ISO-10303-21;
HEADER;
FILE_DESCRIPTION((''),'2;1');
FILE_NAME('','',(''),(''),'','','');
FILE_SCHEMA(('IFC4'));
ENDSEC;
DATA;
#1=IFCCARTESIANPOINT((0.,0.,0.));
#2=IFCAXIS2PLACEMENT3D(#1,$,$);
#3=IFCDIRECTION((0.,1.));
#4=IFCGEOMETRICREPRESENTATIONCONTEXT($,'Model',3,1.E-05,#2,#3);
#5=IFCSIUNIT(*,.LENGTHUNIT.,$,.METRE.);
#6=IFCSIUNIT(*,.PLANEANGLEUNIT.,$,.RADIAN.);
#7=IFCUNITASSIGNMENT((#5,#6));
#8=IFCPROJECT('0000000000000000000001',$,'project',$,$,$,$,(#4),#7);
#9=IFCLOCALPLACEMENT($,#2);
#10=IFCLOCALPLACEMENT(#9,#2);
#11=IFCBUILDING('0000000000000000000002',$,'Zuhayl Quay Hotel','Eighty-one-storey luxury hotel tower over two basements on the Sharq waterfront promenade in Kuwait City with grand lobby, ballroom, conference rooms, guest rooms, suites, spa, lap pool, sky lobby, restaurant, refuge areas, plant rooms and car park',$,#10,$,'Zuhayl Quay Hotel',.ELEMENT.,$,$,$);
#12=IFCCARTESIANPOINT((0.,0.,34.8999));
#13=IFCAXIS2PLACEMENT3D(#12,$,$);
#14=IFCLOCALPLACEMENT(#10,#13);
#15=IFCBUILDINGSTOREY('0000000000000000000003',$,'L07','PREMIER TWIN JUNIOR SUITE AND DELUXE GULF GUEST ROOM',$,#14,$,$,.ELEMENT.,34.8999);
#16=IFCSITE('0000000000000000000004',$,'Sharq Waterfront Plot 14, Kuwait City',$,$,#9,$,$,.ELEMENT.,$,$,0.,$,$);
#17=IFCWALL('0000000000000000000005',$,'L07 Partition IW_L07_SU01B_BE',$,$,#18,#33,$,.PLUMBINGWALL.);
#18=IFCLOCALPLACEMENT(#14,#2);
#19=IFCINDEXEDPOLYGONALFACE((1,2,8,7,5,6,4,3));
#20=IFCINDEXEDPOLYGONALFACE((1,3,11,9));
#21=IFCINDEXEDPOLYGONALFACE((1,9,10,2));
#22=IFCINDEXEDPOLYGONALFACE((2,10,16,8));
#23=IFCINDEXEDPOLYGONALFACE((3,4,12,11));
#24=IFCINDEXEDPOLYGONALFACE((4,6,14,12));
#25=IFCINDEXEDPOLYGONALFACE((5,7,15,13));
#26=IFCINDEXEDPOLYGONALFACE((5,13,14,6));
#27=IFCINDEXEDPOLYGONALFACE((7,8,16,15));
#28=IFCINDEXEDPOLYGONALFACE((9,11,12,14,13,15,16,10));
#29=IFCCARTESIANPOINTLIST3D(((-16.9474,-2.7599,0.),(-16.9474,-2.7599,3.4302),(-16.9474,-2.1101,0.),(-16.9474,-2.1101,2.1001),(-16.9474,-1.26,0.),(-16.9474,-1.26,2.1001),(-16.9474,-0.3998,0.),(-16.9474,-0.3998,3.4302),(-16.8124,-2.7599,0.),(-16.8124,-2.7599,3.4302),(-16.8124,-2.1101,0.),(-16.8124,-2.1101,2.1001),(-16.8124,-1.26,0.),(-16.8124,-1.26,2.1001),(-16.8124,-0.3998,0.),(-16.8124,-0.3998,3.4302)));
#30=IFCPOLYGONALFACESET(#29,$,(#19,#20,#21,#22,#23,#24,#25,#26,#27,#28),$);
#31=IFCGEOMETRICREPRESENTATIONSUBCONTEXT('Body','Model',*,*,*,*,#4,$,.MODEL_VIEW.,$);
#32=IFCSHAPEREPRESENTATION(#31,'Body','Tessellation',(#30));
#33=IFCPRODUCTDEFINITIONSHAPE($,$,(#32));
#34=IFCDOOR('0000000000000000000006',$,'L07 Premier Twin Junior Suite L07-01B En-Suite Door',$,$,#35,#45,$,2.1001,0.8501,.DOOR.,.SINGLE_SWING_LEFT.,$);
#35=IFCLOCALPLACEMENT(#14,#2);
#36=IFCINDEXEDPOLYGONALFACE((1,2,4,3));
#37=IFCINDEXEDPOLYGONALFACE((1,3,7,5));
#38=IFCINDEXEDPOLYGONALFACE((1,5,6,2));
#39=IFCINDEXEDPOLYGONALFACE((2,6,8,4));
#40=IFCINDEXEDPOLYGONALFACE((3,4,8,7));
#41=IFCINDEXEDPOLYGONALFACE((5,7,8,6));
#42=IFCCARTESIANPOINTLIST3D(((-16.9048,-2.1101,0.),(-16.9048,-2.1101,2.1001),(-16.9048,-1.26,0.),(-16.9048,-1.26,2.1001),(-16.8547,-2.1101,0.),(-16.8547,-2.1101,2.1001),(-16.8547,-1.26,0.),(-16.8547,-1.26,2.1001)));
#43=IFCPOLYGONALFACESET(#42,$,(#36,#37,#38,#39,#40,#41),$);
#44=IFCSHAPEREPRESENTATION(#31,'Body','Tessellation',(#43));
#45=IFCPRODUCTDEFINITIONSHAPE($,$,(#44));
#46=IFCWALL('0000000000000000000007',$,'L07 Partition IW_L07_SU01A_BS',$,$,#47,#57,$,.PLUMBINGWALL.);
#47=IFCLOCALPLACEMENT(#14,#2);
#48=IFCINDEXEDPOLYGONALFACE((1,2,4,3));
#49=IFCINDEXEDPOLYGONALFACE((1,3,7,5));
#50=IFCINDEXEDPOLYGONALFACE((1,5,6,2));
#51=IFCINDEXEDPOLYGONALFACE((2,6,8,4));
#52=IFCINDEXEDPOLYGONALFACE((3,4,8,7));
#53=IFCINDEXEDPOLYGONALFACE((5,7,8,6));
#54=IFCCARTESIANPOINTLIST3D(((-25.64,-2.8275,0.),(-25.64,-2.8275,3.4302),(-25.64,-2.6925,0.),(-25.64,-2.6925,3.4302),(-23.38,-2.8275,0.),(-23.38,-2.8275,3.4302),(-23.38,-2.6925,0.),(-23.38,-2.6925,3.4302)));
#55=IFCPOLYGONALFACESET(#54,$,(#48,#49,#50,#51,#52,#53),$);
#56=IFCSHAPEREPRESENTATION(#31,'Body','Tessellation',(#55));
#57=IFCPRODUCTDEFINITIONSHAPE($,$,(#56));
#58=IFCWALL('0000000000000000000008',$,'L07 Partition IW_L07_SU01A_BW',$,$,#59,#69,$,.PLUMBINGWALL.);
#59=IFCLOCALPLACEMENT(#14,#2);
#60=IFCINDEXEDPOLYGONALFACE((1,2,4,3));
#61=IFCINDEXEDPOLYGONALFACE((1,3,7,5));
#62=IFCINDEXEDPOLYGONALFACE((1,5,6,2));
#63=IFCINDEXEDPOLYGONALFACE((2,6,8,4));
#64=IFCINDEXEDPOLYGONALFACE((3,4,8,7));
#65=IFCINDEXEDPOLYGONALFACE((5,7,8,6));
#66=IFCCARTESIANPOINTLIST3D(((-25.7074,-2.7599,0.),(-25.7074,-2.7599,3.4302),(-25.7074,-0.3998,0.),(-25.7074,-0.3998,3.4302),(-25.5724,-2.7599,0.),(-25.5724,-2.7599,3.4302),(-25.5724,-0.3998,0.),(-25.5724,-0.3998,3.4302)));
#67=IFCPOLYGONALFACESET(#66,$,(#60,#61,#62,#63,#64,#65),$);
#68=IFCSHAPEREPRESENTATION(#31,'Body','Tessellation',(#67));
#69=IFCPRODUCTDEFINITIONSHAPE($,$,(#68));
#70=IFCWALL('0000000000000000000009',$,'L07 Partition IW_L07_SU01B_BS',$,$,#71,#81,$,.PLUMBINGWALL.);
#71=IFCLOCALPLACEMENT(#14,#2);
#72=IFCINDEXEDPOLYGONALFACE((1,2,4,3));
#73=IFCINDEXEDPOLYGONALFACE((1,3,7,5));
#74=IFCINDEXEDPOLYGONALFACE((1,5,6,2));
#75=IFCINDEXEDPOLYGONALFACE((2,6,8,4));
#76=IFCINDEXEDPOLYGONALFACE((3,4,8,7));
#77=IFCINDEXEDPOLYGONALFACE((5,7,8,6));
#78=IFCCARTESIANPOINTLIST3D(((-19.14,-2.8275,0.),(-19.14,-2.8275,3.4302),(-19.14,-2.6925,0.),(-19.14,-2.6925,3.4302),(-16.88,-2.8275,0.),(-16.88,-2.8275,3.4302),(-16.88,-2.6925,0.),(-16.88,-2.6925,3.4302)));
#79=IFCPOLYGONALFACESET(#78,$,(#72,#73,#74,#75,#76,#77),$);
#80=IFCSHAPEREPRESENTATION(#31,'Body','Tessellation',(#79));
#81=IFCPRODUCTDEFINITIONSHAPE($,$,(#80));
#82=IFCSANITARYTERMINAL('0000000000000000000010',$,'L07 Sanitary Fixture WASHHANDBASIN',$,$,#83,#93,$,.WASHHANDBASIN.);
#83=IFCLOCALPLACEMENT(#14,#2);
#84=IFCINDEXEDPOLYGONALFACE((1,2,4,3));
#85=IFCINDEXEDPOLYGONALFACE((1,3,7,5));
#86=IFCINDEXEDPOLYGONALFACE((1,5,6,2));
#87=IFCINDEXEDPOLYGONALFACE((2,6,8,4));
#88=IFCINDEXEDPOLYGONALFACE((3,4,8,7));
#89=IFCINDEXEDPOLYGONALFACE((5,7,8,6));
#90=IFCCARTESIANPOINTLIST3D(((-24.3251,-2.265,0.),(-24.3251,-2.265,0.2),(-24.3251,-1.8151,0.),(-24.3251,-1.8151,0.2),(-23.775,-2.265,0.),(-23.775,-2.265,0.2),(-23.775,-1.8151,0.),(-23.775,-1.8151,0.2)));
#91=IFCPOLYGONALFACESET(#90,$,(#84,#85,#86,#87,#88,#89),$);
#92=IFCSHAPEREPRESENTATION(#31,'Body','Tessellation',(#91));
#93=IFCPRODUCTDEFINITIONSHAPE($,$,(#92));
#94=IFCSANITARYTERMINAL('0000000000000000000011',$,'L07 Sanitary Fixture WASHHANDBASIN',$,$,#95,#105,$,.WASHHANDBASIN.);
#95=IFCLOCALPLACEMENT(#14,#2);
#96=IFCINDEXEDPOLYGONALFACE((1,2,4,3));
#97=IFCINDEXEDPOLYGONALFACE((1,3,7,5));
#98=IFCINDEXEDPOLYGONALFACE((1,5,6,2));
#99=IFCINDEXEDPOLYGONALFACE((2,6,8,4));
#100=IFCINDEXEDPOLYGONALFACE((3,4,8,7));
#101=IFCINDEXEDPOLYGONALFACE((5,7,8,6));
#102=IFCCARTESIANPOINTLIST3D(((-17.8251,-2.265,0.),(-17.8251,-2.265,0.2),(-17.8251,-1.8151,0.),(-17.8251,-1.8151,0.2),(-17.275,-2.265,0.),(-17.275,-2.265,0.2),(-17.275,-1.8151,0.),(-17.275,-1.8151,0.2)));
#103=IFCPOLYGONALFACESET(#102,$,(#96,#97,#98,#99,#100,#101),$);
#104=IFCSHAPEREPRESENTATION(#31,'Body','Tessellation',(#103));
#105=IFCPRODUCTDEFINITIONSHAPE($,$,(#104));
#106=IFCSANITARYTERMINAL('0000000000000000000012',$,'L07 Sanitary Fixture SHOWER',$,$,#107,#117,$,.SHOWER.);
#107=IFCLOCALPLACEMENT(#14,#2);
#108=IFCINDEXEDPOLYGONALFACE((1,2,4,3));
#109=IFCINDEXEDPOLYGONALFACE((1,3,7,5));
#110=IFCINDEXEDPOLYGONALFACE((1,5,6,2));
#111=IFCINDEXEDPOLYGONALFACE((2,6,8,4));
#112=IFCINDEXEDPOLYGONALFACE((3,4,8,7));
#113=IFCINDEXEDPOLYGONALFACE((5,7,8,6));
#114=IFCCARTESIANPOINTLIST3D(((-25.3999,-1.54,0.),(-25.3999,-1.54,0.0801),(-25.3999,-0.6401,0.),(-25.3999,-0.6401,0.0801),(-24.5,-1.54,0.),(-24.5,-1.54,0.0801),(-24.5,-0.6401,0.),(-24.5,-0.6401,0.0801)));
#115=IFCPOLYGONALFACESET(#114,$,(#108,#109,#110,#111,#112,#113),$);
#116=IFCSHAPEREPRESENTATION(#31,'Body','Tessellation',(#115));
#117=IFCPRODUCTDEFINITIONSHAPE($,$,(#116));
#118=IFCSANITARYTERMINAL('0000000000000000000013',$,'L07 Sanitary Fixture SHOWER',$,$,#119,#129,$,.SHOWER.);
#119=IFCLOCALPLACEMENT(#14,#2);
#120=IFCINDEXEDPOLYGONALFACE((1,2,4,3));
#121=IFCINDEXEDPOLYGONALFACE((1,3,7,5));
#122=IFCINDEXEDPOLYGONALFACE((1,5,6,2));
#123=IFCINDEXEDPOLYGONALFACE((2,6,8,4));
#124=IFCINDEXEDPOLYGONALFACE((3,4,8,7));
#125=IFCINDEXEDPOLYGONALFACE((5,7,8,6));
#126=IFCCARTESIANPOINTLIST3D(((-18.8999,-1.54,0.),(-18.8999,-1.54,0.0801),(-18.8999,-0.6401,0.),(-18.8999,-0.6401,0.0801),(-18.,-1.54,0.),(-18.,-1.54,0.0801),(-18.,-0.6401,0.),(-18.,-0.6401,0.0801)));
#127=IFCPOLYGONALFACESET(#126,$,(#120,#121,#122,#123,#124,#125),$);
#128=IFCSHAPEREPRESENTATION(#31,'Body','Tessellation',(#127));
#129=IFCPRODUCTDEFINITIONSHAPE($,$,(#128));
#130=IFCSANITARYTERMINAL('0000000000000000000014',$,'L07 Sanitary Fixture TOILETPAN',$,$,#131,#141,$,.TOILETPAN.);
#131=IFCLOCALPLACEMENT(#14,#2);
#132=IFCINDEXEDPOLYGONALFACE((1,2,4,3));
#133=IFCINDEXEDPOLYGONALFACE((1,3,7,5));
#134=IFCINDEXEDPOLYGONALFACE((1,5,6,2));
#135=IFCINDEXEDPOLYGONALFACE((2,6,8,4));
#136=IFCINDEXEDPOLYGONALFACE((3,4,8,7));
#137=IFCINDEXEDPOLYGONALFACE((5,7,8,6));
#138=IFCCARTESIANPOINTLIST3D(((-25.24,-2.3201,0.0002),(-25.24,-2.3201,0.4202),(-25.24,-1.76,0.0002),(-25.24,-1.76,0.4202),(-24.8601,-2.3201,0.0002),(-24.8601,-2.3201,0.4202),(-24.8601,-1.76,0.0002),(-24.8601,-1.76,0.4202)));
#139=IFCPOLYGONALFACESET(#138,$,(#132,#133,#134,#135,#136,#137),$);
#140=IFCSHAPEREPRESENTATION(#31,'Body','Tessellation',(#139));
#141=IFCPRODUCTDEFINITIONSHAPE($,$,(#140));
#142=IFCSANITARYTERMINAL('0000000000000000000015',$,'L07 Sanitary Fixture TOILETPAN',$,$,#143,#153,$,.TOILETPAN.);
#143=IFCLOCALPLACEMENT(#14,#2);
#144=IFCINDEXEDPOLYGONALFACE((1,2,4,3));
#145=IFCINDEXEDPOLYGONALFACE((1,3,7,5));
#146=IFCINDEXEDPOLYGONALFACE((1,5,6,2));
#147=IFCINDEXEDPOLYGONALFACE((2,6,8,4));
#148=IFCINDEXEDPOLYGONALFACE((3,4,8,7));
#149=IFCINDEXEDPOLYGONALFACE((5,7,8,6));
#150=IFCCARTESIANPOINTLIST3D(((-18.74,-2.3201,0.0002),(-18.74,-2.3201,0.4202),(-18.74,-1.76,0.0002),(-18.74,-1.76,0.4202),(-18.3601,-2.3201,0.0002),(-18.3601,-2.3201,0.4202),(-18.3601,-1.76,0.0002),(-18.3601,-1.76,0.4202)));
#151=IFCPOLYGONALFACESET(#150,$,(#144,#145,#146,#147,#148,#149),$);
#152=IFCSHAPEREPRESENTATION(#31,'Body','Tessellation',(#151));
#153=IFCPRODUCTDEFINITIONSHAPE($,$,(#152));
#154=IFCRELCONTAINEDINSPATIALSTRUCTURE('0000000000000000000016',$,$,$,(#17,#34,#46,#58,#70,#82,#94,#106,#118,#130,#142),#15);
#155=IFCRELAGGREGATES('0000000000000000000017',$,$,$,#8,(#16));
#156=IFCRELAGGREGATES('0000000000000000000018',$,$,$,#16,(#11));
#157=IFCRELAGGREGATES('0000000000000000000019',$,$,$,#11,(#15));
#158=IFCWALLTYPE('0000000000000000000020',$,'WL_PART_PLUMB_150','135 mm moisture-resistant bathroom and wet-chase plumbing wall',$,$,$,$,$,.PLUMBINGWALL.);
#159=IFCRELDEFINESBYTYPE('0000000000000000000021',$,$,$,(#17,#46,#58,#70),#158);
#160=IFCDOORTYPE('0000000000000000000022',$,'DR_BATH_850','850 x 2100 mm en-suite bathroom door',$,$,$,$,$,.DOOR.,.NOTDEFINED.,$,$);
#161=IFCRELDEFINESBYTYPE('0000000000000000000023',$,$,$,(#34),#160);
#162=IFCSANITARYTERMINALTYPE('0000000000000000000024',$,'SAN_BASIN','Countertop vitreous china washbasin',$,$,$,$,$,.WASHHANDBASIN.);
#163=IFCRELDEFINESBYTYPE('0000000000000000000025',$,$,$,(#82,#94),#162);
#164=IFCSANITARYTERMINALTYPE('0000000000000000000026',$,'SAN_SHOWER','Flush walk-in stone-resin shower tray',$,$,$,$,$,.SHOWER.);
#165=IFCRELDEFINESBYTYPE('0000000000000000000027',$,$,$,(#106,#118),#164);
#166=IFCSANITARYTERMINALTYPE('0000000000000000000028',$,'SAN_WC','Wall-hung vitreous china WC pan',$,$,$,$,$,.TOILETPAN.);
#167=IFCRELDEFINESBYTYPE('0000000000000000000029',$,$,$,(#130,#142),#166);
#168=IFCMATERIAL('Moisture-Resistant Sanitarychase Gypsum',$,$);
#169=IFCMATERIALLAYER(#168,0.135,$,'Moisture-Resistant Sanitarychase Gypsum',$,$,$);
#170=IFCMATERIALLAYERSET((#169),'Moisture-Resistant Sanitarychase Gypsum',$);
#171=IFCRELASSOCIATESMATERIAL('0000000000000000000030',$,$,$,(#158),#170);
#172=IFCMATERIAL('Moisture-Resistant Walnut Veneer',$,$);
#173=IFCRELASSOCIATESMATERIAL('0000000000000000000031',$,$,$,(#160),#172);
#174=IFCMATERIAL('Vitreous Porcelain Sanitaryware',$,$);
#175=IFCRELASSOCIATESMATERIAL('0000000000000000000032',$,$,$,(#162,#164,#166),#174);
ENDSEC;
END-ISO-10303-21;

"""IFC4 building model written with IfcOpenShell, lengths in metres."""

from ifc_helpers import new_model, si_unit, direction, frame, frame_2d, origin, origin_2d, place, context, subcontext, project, spatial, rectangle, extrude, material, layer, layer_set, type_object, element, fill, save


model = new_model("IFC4")

# Units and contexts
model_context = context("Model", 3, precision=1e-05, world=origin(), true_north=direction((0.0, 1.0)))
body_context = subcontext(model_context, "Body", "Model", "MODEL_VIEW")
ifc_project = project(units=[si_unit("LENGTHUNIT", "METRE"), si_unit("PLANEANGLEUNIT", "RADIAN")], contexts=[model_context])

# Site, building, storey
site_placement = place(None, origin())
site = spatial("IfcSite", under=ifc_project, at=site_placement, Name="Sharq Waterfront Plot 14, Kuwait City", CompositionType="ELEMENT", RefElevation=0.0)
building_placement = place(site_placement, origin())
building = spatial("IfcBuilding", under=site, at=building_placement, Name="Zuhayl Quay Hotel", Description="Eighty-one-storey luxury hotel tower over two basements on the Sharq waterfront promenade in Kuwait City with grand lobby, ballroom, conference rooms, guest rooms, suites, spa, lap pool, sky lobby, restaurant, refuge areas, plant rooms and car park", LongName="Zuhayl Quay Hotel", CompositionType="ELEMENT")
storey_placement = place(building_placement, frame((0.0, 0.0, 34.8999)))
storey = spatial("IfcBuildingStorey", under=building, at=storey_placement, Name="L07", Description="PREMIER TWIN JUNIOR SUITE AND DELUXE GULF GUEST ROOM", CompositionType="ELEMENT", Elevation=34.8999)

# Wall, opening, door
ifc_material_1 = material(Name="Moisture-Resistant Sanitarychase Gypsum")
ifc_layer_1 = layer(ifc_material_1, 0.135, Name="Moisture-Resistant Sanitarychase Gypsum")
ifc_layer_set_1 = layer_set([ifc_layer_1], Name="Moisture-Resistant Sanitarychase Gypsum")
wall_type_1 = type_object("IfcWallType", Name="WL_PART_PLUMB_150", Description="135 mm moisture-resistant bathroom and wet-chase plumbing wall", PredefinedType="PLUMBINGWALL", material=ifc_layer_set_1)
ifc_material_2 = material(Name="Moisture-Resistant Walnut Veneer")
door_type_1 = type_object("IfcDoorType", Name="DR_BATH_850", Description="850 x 2100 mm en-suite bathroom door", OperationType="NOTDEFINED", PredefinedType="DOOR", material=ifc_material_2)
wall_1_placement = place(storey_placement, frame((-16.8799, -2.76, 0.0), z_axis=(0.0, 0.0, 1.0), x_axis=(0.0, 1.0, 0.0)))
wall_1 = element("IfcWall", 1, at=wall_1_placement, inside=storey, type_object=wall_type_1, Name="L07 Partition IW_L07_SU01B_BE", PredefinedType="PLUMBINGWALL", context=body_context, shape_type="SweptSolid", body=[
    extrude(rectangle(XDim=2.3601, YDim=0.135, at=frame_2d((1.1802, 0.0))), origin(), (0.0, 0.0, 1.0), 3.4302),
])
opening_1_placement = place(wall_1_placement, frame((0.6499, 0.0, 0.0)))
opening_1 = element("IfcOpeningElement", 2, at=opening_1_placement, cuts=wall_1, PredefinedType="OPENING", context=body_context, shape_type="SweptSolid", body=[
    extrude(rectangle(XDim=0.8501, YDim=2.1001, at=frame_2d((0.425, 1.05))), frame((0.0, 0.0774, 0.0), z_axis=(0.0, -1.0, 0.0), x_axis=(1.0, 0.0, 0.0)), (0.0, 0.0, 1.0), 0.155),
])
door_1_placement = place(opening_1_placement, origin())
door_1 = element("IfcDoor", 3, at=door_1_placement, inside=storey, type_object=door_type_1, Name="L07 Premier Twin Junior Suite L07-01B En-Suite Door", OperationType="SINGLE_SWING_LEFT", OverallHeight=2.1001, OverallWidth=0.8501, PredefinedType="DOOR", context=body_context, shape_type="SweptSolid", body=[
    extrude(rectangle(XDim=0.8501, YDim=2.1001, at=frame_2d((0.425, 1.05))), frame((0.0, 0.0249, 0.0), z_axis=(0.0, -1.0, 0.0), x_axis=(1.0, 0.0, 0.0)), (0.0, 0.0, 1.0), 0.05),
])
fill(opening_1, door_1)

# Walls
wall_2_placement = place(storey_placement, frame((-25.6399, -2.76, 0.0), z_axis=(0.0, 0.0, 1.0), x_axis=(1.0, 0.0, 0.0)))
element("IfcWall", 4, at=wall_2_placement, inside=storey, type_object=wall_type_1, Name="L07 Partition IW_L07_SU01A_BS", PredefinedType="PLUMBINGWALL", context=body_context, shape_type="SweptSolid", body=[
    extrude(rectangle(XDim=2.26, YDim=0.135, at=frame_2d((1.1299, 0.0))), origin(), (0.0, 0.0, 1.0), 3.4302),
])
wall_3_placement = place(storey_placement, frame((-25.6399, -2.76, 0.0), z_axis=(0.0, 0.0, 1.0), x_axis=(0.0, 1.0, 0.0)))
element("IfcWall", 5, at=wall_3_placement, inside=storey, type_object=wall_type_1, Name="L07 Partition IW_L07_SU01A_BW", PredefinedType="PLUMBINGWALL", context=body_context, shape_type="SweptSolid", body=[
    extrude(rectangle(XDim=2.3601, YDim=0.135, at=frame_2d((1.1802, 0.0))), origin(), (0.0, 0.0, 1.0), 3.4302),
])
wall_4_placement = place(storey_placement, frame((-19.1399, -2.76, 0.0), z_axis=(0.0, 0.0, 1.0), x_axis=(1.0, 0.0, 0.0)))
element("IfcWall", 6, at=wall_4_placement, inside=storey, type_object=wall_type_1, Name="L07 Partition IW_L07_SU01B_BS", PredefinedType="PLUMBINGWALL", context=body_context, shape_type="SweptSolid", body=[
    extrude(rectangle(XDim=2.26, YDim=0.135, at=frame_2d((1.1299, 0.0))), origin(), (0.0, 0.0, 1.0), 3.4302),
])

# Sanitary terminals
ifc_material_3 = material(Name="Vitreous Porcelain Sanitaryware")
sanitary_terminal_type_1 = type_object("IfcSanitaryTerminalType", Name="SAN_BASIN", Description="Countertop vitreous china washbasin", PredefinedType="WASHHANDBASIN", material=ifc_material_3)
for number, where, z_axis, x_axis, name in (
    (7, (-24.05, -2.04, 0.0), (0.0, 0.0, 1.0), (1.0, 0.0, 0.0), "L07 Sanitary Fixture WASHHANDBASIN"),
    (8, (-17.55, -2.04, 0.0), (0.0, 0.0, 1.0), (1.0, 0.0, 0.0), "L07 Sanitary Fixture WASHHANDBASIN"),
):
    element("IfcSanitaryTerminal", number, at=place(storey_placement, frame(where, z_axis=z_axis, x_axis=x_axis)), inside=storey, type_object=sanitary_terminal_type_1, Name=name, PredefinedType="WASHHANDBASIN", context=body_context, shape_type="SweptSolid", body=[
        extrude(rectangle(XDim=0.55, YDim=0.45, at=origin_2d()), origin(), (0.0, 0.0, 1.0), 0.2),
    ])
sanitary_terminal_type_2 = type_object("IfcSanitaryTerminalType", Name="SAN_SHOWER", Description="Flush walk-in stone-resin shower tray", PredefinedType="SHOWER", material=ifc_material_3)
for number, where, z_axis, x_axis, name in (
    (9, (-24.95, -1.0901, 0.0), (0.0, 0.0, 1.0), (1.0, 0.0, 0.0), "L07 Sanitary Fixture SHOWER"),
    (10, (-18.45, -1.0901, 0.0), (0.0, 0.0, 1.0), (1.0, 0.0, 0.0), "L07 Sanitary Fixture SHOWER"),
):
    element("IfcSanitaryTerminal", number, at=place(storey_placement, frame(where, z_axis=z_axis, x_axis=x_axis)), inside=storey, type_object=sanitary_terminal_type_2, Name=name, PredefinedType="SHOWER", context=body_context, shape_type="SweptSolid", body=[
        extrude(rectangle(XDim=0.8999, YDim=0.8999, at=origin_2d()), origin(), (0.0, 0.0, 1.0), 0.0801),
    ])
sanitary_terminal_type_3 = type_object("IfcSanitaryTerminalType", Name="SAN_WC", Description="Wall-hung vitreous china WC pan", PredefinedType="TOILETPAN", material=ifc_material_3)
for number, where, z_axis, x_axis, name in (
    (11, (-25.05, -2.04, 0.0002), (0.0, 0.0, 1.0), (1.0, 0.0, 0.0), "L07 Sanitary Fixture TOILETPAN"),
    (12, (-18.55, -2.04, 0.0002), (0.0, 0.0, 1.0), (1.0, 0.0, 0.0), "L07 Sanitary Fixture TOILETPAN"),
):
    element("IfcSanitaryTerminal", number, at=place(storey_placement, frame(where, z_axis=z_axis, x_axis=x_axis)), inside=storey, type_object=sanitary_terminal_type_3, Name=name, PredefinedType="TOILETPAN", context=body_context, shape_type="SweptSolid", body=[
        extrude(rectangle(XDim=0.3799, YDim=0.5601, at=origin_2d()), origin(), (0.0, 0.0, 1.0), 0.4199),
    ])

save(model, "model.ifc")
